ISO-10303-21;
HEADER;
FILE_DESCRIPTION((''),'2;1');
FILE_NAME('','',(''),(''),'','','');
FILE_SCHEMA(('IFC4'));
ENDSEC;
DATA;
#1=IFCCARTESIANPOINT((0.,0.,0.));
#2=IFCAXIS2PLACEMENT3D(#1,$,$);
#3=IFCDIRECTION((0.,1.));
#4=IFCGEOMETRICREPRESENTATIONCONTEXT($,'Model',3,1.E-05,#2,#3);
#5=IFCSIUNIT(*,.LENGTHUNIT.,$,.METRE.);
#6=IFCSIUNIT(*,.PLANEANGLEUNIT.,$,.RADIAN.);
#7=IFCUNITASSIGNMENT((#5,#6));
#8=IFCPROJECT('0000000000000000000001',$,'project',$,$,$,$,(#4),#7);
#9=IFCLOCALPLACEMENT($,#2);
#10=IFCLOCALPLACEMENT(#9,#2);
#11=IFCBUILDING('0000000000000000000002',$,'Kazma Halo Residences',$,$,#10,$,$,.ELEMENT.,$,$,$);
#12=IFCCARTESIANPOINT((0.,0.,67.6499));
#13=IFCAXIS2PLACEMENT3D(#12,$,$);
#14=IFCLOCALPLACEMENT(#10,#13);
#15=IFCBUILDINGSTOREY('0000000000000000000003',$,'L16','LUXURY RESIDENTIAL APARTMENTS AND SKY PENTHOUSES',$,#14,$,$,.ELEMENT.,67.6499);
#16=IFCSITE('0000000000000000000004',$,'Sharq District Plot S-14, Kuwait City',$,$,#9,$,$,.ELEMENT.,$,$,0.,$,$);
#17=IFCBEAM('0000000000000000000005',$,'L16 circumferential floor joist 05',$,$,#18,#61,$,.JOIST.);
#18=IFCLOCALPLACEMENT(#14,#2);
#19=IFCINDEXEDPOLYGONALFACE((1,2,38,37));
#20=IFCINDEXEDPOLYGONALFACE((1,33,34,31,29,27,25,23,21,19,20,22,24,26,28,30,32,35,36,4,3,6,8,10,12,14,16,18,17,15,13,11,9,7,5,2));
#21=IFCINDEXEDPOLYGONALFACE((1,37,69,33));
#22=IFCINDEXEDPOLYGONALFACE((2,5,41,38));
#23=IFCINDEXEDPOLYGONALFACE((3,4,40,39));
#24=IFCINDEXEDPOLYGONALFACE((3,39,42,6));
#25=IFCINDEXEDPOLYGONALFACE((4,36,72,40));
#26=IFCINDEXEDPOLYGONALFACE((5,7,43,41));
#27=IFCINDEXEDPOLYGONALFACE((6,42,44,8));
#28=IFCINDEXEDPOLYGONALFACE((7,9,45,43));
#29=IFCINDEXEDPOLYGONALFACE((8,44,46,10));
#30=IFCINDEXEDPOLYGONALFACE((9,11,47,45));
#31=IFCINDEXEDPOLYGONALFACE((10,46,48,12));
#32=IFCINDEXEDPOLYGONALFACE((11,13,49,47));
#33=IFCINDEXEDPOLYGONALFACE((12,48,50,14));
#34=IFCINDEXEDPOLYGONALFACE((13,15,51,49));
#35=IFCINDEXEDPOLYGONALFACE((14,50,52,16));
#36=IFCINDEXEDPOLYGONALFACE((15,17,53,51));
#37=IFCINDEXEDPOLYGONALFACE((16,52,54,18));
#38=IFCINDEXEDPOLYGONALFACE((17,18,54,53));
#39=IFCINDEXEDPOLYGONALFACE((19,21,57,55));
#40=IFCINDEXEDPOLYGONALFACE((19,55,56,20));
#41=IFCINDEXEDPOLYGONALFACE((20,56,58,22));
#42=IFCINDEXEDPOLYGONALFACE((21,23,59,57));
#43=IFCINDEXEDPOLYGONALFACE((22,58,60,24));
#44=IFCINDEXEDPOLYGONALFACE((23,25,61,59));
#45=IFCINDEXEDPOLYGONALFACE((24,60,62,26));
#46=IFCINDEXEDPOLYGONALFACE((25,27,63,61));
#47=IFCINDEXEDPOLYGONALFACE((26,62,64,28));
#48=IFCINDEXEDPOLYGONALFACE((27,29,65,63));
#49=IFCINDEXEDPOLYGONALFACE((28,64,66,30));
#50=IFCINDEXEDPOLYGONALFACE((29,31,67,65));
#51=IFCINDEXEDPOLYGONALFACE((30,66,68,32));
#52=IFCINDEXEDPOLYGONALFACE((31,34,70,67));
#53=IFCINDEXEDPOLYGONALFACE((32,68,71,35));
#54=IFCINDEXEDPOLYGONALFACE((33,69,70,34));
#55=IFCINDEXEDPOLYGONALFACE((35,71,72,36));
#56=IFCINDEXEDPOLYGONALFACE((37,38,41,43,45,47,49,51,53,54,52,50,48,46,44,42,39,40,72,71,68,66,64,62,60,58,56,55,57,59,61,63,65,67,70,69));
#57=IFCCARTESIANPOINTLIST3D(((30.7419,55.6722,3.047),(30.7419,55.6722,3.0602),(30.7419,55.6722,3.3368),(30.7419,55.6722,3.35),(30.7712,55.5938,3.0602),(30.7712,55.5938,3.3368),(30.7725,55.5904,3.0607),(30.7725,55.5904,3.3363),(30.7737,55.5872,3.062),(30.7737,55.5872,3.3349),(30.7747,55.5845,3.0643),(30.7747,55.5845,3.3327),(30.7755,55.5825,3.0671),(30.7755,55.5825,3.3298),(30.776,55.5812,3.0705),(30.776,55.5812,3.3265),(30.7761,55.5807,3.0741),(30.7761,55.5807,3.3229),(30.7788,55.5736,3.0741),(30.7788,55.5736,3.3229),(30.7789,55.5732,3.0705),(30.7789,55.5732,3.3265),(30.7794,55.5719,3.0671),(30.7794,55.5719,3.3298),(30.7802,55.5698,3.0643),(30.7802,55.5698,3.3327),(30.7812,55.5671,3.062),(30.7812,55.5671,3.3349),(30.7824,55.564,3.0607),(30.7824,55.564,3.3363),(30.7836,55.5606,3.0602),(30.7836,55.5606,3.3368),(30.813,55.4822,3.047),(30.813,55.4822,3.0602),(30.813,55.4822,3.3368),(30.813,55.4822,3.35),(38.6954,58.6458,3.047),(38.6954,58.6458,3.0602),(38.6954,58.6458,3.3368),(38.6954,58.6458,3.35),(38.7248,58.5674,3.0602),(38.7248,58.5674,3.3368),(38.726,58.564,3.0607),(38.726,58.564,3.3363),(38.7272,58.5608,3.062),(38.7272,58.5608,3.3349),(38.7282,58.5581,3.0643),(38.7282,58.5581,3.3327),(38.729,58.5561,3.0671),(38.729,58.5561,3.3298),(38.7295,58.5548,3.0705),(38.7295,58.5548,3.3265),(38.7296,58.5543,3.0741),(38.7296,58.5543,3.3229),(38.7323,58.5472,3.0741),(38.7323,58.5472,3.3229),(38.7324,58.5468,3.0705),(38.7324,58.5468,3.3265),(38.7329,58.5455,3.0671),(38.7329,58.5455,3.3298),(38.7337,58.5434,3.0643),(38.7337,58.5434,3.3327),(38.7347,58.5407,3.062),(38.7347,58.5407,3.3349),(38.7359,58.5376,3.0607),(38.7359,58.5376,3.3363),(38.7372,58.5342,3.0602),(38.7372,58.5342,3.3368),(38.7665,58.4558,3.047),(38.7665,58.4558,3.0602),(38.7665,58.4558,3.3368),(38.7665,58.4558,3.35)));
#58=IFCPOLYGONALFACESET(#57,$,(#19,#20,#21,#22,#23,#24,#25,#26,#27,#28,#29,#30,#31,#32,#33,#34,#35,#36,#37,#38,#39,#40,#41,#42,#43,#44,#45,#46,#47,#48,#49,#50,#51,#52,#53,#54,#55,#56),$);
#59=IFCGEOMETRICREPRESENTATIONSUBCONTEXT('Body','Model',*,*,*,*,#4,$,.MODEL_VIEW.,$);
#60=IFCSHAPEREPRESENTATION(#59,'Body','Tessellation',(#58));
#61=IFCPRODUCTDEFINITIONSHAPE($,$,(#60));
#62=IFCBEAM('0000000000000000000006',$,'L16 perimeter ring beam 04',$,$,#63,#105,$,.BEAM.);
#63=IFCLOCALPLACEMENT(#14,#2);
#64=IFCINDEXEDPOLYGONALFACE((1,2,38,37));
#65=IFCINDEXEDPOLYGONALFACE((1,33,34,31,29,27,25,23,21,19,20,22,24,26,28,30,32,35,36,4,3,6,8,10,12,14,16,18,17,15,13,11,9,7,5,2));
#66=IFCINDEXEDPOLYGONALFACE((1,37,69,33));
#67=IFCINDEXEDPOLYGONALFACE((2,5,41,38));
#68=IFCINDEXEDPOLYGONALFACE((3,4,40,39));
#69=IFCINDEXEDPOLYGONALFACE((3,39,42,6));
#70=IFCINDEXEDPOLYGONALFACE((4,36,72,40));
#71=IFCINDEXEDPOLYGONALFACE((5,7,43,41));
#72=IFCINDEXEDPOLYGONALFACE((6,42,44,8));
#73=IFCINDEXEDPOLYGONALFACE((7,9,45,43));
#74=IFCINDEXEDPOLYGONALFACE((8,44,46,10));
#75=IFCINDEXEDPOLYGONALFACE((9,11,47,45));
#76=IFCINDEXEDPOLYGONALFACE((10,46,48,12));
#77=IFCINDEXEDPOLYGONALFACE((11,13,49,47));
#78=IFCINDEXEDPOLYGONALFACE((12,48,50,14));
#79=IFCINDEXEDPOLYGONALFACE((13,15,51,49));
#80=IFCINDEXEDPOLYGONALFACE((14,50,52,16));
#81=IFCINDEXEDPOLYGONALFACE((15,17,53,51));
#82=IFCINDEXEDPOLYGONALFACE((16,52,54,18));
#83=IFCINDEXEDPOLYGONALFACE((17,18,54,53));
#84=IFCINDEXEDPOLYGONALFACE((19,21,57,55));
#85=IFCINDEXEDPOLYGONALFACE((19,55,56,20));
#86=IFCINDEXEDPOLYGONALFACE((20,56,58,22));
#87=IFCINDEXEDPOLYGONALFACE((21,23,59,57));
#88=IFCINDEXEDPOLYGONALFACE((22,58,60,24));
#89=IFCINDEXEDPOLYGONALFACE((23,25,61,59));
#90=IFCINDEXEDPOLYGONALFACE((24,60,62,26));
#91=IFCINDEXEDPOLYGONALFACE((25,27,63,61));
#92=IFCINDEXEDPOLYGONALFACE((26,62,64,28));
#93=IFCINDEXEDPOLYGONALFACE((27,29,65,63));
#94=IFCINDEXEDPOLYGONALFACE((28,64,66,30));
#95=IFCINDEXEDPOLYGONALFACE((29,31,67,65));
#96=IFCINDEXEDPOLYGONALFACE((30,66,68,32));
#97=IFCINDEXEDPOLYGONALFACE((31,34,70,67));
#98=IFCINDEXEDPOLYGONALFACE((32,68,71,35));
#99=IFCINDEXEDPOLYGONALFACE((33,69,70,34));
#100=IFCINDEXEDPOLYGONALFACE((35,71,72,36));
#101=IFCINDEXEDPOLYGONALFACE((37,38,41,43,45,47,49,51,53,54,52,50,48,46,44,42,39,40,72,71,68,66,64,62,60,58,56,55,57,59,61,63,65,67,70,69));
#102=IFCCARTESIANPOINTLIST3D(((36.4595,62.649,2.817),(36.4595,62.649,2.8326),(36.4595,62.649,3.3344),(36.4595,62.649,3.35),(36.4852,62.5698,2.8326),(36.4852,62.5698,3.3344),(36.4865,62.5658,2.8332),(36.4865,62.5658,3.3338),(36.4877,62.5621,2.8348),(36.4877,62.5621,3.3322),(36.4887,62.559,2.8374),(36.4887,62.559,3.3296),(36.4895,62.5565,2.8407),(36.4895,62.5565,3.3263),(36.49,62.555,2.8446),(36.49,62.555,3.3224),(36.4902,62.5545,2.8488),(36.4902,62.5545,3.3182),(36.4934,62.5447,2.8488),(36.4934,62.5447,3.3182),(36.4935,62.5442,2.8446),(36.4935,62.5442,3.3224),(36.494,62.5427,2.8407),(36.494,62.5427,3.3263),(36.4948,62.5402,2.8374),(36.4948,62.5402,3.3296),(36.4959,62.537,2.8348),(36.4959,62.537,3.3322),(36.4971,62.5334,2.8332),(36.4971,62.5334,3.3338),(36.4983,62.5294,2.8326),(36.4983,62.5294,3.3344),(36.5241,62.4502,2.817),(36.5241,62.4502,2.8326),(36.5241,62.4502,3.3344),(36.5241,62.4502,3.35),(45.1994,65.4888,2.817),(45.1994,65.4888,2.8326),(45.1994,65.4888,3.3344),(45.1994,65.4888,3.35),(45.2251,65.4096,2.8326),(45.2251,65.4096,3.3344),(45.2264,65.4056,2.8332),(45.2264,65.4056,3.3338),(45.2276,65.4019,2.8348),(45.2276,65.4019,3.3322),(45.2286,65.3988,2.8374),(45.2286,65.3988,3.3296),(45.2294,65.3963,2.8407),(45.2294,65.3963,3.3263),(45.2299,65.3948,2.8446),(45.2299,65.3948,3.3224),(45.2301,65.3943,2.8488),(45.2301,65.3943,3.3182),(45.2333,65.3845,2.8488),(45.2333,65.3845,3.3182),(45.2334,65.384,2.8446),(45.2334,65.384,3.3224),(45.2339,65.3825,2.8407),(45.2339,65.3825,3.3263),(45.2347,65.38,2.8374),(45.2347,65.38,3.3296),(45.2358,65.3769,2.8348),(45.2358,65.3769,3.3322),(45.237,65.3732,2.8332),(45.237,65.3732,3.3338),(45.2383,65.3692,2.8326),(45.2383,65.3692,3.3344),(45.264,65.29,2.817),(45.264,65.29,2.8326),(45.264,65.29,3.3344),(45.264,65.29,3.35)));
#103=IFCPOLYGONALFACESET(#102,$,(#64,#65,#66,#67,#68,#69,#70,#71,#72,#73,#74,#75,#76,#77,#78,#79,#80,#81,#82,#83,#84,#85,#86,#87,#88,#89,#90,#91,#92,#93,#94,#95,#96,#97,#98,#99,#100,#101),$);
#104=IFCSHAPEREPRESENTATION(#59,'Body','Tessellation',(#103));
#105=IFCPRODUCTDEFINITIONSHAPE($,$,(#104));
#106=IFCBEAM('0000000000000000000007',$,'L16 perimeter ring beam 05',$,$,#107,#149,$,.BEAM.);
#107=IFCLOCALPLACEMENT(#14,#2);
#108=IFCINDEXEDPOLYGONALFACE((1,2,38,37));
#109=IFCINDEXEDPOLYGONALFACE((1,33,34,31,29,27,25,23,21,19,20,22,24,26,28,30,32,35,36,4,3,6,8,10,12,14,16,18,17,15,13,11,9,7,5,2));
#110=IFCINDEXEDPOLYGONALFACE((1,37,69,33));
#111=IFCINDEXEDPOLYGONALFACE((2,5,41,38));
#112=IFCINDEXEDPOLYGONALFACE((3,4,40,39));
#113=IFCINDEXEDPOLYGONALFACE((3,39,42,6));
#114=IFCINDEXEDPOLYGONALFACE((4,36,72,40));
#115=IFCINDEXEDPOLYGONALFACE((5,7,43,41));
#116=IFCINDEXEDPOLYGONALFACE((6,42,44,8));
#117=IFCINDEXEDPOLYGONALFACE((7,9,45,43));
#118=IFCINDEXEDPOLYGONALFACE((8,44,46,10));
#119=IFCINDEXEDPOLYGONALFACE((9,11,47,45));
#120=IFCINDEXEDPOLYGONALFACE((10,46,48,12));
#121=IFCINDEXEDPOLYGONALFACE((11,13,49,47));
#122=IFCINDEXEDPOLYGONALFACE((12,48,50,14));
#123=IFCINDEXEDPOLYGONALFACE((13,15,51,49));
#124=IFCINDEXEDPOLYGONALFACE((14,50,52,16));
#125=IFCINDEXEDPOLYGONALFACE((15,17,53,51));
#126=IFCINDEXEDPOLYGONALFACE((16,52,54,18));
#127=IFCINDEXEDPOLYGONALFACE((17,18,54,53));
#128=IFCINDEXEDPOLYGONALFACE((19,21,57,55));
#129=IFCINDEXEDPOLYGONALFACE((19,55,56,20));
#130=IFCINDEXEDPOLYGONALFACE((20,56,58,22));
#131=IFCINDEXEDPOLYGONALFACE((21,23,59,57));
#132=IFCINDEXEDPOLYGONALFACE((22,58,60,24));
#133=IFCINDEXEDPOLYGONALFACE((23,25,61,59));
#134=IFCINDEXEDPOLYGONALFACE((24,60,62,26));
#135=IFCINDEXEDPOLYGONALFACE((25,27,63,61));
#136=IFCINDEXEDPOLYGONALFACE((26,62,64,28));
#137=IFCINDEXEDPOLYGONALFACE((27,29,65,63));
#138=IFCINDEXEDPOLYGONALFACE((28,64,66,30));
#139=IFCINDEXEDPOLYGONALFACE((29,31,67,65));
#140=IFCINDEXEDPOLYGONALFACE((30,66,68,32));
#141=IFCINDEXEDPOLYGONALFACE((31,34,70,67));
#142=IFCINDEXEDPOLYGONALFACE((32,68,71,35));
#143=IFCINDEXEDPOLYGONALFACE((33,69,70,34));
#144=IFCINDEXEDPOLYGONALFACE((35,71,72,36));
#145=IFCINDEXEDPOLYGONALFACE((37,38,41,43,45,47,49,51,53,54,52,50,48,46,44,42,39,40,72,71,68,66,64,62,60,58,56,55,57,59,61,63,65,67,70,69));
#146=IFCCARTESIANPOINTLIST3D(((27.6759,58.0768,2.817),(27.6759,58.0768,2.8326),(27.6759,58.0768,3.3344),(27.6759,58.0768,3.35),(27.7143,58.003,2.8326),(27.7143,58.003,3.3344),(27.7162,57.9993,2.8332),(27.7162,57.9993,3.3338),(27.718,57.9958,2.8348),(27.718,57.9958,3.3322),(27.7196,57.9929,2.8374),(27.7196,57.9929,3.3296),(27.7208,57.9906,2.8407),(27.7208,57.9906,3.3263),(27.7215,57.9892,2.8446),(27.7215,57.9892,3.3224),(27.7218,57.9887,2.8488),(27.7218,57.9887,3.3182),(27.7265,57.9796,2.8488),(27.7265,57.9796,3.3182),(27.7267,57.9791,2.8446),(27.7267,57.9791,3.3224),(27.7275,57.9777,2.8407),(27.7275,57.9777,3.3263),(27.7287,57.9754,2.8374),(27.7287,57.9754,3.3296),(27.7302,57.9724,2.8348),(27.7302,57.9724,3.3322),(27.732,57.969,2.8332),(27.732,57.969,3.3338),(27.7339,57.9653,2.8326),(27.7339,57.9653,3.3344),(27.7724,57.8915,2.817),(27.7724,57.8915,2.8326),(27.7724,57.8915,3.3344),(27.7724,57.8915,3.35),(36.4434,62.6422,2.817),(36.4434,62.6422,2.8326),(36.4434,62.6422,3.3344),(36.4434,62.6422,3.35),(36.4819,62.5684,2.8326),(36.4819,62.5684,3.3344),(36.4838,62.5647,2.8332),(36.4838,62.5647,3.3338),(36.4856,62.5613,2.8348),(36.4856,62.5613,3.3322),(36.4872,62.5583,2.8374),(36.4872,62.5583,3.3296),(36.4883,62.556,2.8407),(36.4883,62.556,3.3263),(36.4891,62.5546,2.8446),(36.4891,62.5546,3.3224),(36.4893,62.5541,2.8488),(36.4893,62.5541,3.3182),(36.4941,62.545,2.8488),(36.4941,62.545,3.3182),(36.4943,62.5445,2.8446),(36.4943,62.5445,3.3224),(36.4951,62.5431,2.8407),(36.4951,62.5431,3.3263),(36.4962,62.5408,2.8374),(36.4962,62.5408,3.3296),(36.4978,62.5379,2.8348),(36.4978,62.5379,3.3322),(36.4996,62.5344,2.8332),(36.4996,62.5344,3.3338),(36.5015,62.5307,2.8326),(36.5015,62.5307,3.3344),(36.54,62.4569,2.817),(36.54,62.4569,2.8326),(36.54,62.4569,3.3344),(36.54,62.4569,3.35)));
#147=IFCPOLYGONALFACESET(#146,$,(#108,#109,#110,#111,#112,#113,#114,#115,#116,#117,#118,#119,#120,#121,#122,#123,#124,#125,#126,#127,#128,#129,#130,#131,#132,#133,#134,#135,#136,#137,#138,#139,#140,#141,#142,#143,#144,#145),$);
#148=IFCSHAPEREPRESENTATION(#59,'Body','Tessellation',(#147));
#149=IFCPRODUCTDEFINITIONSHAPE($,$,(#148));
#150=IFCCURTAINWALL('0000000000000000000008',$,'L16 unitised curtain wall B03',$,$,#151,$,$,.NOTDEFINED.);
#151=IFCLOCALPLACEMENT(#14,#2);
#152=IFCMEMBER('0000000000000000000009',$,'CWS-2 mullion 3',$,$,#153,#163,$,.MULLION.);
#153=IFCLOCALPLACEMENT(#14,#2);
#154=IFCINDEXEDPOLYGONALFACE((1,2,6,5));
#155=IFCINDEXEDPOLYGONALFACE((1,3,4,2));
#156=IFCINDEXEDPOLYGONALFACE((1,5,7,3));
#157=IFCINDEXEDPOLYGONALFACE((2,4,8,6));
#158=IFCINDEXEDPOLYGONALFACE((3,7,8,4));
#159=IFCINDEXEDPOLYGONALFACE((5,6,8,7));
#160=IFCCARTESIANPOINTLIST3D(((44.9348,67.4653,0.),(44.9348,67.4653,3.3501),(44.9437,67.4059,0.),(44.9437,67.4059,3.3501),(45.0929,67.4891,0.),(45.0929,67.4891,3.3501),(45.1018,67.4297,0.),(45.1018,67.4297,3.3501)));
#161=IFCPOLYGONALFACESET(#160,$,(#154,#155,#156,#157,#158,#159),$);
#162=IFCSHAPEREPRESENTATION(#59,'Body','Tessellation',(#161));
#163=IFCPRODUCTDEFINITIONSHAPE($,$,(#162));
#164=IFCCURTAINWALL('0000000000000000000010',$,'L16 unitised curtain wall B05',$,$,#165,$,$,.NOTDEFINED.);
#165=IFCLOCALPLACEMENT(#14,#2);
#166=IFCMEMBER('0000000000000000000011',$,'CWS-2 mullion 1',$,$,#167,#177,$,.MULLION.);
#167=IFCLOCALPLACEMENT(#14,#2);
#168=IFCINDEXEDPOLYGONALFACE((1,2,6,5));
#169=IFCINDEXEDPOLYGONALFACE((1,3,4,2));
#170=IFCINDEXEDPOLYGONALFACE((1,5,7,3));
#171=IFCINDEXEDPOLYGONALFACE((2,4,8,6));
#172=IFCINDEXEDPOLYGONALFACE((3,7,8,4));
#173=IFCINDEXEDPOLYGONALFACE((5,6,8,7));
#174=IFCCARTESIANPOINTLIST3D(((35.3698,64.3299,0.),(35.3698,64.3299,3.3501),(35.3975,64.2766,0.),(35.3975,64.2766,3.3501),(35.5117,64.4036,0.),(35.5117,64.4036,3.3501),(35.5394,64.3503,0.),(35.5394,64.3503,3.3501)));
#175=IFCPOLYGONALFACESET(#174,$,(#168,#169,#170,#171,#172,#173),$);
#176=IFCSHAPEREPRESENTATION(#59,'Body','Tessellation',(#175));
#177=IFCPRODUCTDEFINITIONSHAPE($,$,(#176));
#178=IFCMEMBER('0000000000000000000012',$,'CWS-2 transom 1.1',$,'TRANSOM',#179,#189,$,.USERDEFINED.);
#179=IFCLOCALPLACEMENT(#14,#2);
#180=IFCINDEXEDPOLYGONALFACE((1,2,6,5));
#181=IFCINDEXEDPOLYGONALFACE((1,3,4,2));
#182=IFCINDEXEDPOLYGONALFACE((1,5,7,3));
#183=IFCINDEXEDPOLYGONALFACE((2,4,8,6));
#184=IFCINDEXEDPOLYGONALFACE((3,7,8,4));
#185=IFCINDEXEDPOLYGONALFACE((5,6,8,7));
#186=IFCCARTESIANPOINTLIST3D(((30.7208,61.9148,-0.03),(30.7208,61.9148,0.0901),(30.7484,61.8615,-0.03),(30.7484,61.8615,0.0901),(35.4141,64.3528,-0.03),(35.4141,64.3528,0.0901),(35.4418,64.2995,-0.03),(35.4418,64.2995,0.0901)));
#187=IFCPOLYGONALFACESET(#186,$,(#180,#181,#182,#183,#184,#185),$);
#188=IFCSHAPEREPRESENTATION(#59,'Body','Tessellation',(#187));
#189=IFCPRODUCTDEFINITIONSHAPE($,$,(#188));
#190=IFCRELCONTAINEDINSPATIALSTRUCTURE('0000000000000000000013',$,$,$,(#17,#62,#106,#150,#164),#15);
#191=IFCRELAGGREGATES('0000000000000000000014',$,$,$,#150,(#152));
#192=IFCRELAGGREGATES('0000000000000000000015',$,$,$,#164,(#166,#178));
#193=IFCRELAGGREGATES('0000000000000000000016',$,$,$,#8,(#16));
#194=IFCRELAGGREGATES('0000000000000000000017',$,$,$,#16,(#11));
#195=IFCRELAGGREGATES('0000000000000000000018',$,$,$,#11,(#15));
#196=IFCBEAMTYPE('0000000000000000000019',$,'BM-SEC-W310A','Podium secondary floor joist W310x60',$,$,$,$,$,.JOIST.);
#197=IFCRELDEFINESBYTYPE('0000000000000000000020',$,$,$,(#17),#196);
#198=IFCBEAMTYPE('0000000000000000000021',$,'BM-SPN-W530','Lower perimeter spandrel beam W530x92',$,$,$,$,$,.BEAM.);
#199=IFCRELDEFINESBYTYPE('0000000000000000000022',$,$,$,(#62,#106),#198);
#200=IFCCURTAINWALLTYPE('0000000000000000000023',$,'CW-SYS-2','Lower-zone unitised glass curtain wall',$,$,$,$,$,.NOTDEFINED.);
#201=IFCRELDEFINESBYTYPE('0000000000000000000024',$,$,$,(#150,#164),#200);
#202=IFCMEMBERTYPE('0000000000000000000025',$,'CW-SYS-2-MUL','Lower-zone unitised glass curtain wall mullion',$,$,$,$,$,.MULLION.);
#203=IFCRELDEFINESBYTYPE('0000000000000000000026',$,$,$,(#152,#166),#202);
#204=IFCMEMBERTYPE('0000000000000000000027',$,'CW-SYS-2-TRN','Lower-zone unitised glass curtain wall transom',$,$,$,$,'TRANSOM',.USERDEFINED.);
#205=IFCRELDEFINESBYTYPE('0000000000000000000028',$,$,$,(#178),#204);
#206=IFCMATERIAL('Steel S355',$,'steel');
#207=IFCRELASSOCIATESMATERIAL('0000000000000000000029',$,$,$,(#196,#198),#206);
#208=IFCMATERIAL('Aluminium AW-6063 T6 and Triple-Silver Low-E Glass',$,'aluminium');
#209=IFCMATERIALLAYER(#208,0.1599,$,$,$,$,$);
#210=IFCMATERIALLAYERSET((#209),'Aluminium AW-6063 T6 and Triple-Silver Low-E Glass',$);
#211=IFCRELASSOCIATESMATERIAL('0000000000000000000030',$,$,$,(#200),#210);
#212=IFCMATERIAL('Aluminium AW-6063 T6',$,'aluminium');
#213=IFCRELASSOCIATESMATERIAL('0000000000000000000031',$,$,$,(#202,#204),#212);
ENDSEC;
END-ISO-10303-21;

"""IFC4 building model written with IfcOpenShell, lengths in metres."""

from ifc_helpers import new_model, si_unit, direction, frame, origin, origin_2d, place, context, subcontext, project, spatial, rectangle, i_section, extrude, material, layer, layer_set, material_profile, profile_set, type_object, element, aggregate, save


model = new_model("IFC4")

# Units and contexts
model_context = context("Model", 3, precision=1e-05, world=origin(), true_north=direction((0.0, 1.0)))
body_context = subcontext(model_context, "Body", "Model", "MODEL_VIEW")
ifc_project = project(units=[si_unit("LENGTHUNIT", "METRE"), si_unit("PLANEANGLEUNIT", "RADIAN")], contexts=[model_context])

# Site, building, storey
site_placement = place(None, origin())
site = spatial("IfcSite", under=ifc_project, at=site_placement, Name="Sharq District Plot S-14, Kuwait City", CompositionType="ELEMENT", RefElevation=0.0)
building_placement = place(site_placement, origin())
building = spatial("IfcBuilding", under=site, at=building_placement, Name="Kazma Halo Residences", CompositionType="ELEMENT")
storey_placement = place(building_placement, frame((0.0, 0.0, 67.6499)))
storey = spatial("IfcBuildingStorey", under=building, at=storey_placement, Name="L16", Description="LUXURY RESIDENTIAL APARTMENTS AND SKY PENTHOUSES", CompositionType="ELEMENT", Elevation=67.6499)

# Beams
ifc_material_1 = material(Name="Steel S355", Category="steel")
ifc_material_profile_1 = material_profile(ifc_material_1, i_section(OverallWidth=0.2029, OverallDepth=0.303, WebThickness=0.0076, FlangeThickness=0.0132, FilletRadius=0.0139, at=origin_2d()), Name="W310x60")
ifc_profile_set_1 = profile_set([ifc_material_profile_1], Name="Steel S355")
beam_type_1 = type_object("IfcBeamType", Name="BM-SEC-W310A", Description="Podium secondary floor joist W310x60", PredefinedType="JOIST", material=ifc_profile_set_1)
beam_1_placement = place(storey_placement, frame((38.731, 58.5508, 3.1985), z_axis=(-0.936676, -0.350197, 0.0), x_axis=(0.350197, -0.936676, 0.0)))
element("IfcBeam", 1, at=beam_1_placement, inside=storey, type_object=beam_type_1, Name="L16 circumferential floor joist 05", PredefinedType="JOIST", context=body_context, shape_type="SweptSolid", body=[
    extrude(i_section(OverallWidth=0.2029, OverallDepth=0.303, WebThickness=0.0076, FlangeThickness=0.0132, FilletRadius=0.0139, at=origin_2d()), origin(), (0.0, 0.0, 1.0), 8.4912),
])
ifc_material_profile_2 = material_profile(ifc_material_1, i_section(OverallWidth=0.209, OverallDepth=0.533, WebThickness=0.0103, FlangeThickness=0.0156, FilletRadius=0.0161, at=origin_2d()), Name="W530x92")
ifc_profile_set_2 = profile_set([ifc_material_profile_2], Name="Steel S355")
beam_type_2 = type_object("IfcBeamType", Name="BM-SPN-W530", Description="Lower perimeter spandrel beam W530x92", PredefinedType="BEAM", material=ifc_profile_set_2)
beam_2_placement = place(storey_placement, frame((45.2317, 65.3894, 3.0835), z_axis=(-0.951055, -0.309022, 0.0), x_axis=(0.309022, -0.951055, 0.0)))
element("IfcBeam", 2, at=beam_2_placement, inside=storey, type_object=beam_type_2, Name="L16 perimeter ring beam 04", PredefinedType="BEAM", context=body_context, shape_type="SweptSolid", body=[
    extrude(i_section(OverallWidth=0.209, OverallDepth=0.533, WebThickness=0.0103, FlangeThickness=0.0156, FilletRadius=0.0161, at=origin_2d()), origin(), (0.0, 0.0, 1.0), 9.1897),
])
beam_3_placement = place(storey_placement, frame((36.4917, 62.5496, 3.0835), z_axis=(-0.886956, -0.461853, 0.0), x_axis=(0.461853, -0.886956, 0.0)))
element("IfcBeam", 3, at=beam_3_placement, inside=storey, type_object=beam_type_2, Name="L16 perimeter ring beam 05", PredefinedType="BEAM", context=body_context, shape_type="SweptSolid", body=[
    extrude(i_section(OverallWidth=0.209, OverallDepth=0.533, WebThickness=0.0103, FlangeThickness=0.0156, FilletRadius=0.0161, at=origin_2d()), origin(), (0.0, 0.0, 1.0), 9.885),
])

# Curtain wall, member
ifc_material_2 = material(Name="Aluminium AW-6063 T6 and Triple-Silver Low-E Glass", Category="aluminium")
ifc_layer_1 = layer(ifc_material_2, 0.1599)
ifc_layer_set_1 = layer_set([ifc_layer_1], Name="Aluminium AW-6063 T6 and Triple-Silver Low-E Glass")
curtain_wall_type = type_object("IfcCurtainWallType", Name="CW-SYS-2", Description="Lower-zone unitised glass curtain wall", PredefinedType="NOTDEFINED", material=ifc_layer_set_1)
curtain_wall_1_placement = place(storey_placement, origin())
curtain_wall_1 = element("IfcCurtainWall", 4, at=curtain_wall_1_placement, inside=storey, type_object=curtain_wall_type, Name="L16 unitised curtain wall B03", PredefinedType="NOTDEFINED")
ifc_material_3 = material(Name="Aluminium AW-6063 T6", Category="aluminium")
ifc_material_profile_3 = material_profile(ifc_material_3, rectangle(XDim=0.0601, YDim=0.1599, at=origin_2d()), Name="CWM-60x160")
ifc_profile_set_3 = profile_set([ifc_material_profile_3], Name="Aluminium AW-6063 T6")
member_type_1 = type_object("IfcMemberType", Name="CW-SYS-2-MUL", Description="Lower-zone unitised glass curtain wall mullion", PredefinedType="MULLION", material=ifc_profile_set_3)
member_1_placement = place(storey_placement, frame((45.0183, 67.4475, 0.0), z_axis=(0.0, 0.0, 1.0), x_axis=(0.148657, -0.988889, 0.0)))
member_1 = element("IfcMember", 5, at=member_1_placement, type_object=member_type_1, Name="CWS-2 mullion 3", PredefinedType="MULLION", context=body_context, shape_type="SweptSolid", body=[
    extrude(rectangle(XDim=0.0601, YDim=0.1599, at=origin_2d()), origin(), (0.0, 0.0, 1.0), 3.3501),
])
aggregate(curtain_wall_1, [member_1])

# Curtain wall, members
curtain_wall_2_placement = place(storey_placement, origin())
curtain_wall_2 = element("IfcCurtainWall", 6, at=curtain_wall_2_placement, inside=storey, type_object=curtain_wall_type, Name="L16 unitised curtain wall B05", PredefinedType="NOTDEFINED")
member_2_placement = place(storey_placement, frame((35.4546, 64.3401, 0.0), z_axis=(0.0, 0.0, 1.0), x_axis=(0.460996, -0.887402, 0.0)))
member_2 = element("IfcMember", 7, at=member_2_placement, type_object=member_type_1, Name="CWS-2 mullion 1", PredefinedType="MULLION", context=body_context, shape_type="SweptSolid", body=[
    extrude(rectangle(XDim=0.0601, YDim=0.1599, at=origin_2d()), origin(), (0.0, 0.0, 1.0), 3.3501),
])
ifc_material_profile_4 = material_profile(ifc_material_3, rectangle(XDim=0.0601, YDim=0.1201, at=origin_2d()), Name="CWT-60x120")
ifc_profile_set_4 = profile_set([ifc_material_profile_4], Name="Aluminium AW-6063 T6")
member_type_2 = type_object("IfcMemberType", Name="CW-SYS-2-TRN", Description="Lower-zone unitised glass curtain wall transom", ElementType="TRANSOM", PredefinedType="USERDEFINED", material=ifc_profile_set_4)
member_3_placement = place(storey_placement, frame((35.428, 64.3262, 0.03), z_axis=(-0.887415, -0.460972, 0.0), x_axis=(0.460972, -0.887415, 0.0)))
member_3 = element("IfcMember", 8, at=member_3_placement, type_object=member_type_2, Name="CWS-2 transom 1.1", ObjectType="TRANSOM", PredefinedType="USERDEFINED", context=body_context, shape_type="SweptSolid", body=[
    extrude(rectangle(XDim=0.0601, YDim=0.1201, at=origin_2d()), origin(), (0.0, 0.0, 1.0), 5.2888),
])
aggregate(curtain_wall_2, [member_2, member_3])

save(model, "model.ifc")
